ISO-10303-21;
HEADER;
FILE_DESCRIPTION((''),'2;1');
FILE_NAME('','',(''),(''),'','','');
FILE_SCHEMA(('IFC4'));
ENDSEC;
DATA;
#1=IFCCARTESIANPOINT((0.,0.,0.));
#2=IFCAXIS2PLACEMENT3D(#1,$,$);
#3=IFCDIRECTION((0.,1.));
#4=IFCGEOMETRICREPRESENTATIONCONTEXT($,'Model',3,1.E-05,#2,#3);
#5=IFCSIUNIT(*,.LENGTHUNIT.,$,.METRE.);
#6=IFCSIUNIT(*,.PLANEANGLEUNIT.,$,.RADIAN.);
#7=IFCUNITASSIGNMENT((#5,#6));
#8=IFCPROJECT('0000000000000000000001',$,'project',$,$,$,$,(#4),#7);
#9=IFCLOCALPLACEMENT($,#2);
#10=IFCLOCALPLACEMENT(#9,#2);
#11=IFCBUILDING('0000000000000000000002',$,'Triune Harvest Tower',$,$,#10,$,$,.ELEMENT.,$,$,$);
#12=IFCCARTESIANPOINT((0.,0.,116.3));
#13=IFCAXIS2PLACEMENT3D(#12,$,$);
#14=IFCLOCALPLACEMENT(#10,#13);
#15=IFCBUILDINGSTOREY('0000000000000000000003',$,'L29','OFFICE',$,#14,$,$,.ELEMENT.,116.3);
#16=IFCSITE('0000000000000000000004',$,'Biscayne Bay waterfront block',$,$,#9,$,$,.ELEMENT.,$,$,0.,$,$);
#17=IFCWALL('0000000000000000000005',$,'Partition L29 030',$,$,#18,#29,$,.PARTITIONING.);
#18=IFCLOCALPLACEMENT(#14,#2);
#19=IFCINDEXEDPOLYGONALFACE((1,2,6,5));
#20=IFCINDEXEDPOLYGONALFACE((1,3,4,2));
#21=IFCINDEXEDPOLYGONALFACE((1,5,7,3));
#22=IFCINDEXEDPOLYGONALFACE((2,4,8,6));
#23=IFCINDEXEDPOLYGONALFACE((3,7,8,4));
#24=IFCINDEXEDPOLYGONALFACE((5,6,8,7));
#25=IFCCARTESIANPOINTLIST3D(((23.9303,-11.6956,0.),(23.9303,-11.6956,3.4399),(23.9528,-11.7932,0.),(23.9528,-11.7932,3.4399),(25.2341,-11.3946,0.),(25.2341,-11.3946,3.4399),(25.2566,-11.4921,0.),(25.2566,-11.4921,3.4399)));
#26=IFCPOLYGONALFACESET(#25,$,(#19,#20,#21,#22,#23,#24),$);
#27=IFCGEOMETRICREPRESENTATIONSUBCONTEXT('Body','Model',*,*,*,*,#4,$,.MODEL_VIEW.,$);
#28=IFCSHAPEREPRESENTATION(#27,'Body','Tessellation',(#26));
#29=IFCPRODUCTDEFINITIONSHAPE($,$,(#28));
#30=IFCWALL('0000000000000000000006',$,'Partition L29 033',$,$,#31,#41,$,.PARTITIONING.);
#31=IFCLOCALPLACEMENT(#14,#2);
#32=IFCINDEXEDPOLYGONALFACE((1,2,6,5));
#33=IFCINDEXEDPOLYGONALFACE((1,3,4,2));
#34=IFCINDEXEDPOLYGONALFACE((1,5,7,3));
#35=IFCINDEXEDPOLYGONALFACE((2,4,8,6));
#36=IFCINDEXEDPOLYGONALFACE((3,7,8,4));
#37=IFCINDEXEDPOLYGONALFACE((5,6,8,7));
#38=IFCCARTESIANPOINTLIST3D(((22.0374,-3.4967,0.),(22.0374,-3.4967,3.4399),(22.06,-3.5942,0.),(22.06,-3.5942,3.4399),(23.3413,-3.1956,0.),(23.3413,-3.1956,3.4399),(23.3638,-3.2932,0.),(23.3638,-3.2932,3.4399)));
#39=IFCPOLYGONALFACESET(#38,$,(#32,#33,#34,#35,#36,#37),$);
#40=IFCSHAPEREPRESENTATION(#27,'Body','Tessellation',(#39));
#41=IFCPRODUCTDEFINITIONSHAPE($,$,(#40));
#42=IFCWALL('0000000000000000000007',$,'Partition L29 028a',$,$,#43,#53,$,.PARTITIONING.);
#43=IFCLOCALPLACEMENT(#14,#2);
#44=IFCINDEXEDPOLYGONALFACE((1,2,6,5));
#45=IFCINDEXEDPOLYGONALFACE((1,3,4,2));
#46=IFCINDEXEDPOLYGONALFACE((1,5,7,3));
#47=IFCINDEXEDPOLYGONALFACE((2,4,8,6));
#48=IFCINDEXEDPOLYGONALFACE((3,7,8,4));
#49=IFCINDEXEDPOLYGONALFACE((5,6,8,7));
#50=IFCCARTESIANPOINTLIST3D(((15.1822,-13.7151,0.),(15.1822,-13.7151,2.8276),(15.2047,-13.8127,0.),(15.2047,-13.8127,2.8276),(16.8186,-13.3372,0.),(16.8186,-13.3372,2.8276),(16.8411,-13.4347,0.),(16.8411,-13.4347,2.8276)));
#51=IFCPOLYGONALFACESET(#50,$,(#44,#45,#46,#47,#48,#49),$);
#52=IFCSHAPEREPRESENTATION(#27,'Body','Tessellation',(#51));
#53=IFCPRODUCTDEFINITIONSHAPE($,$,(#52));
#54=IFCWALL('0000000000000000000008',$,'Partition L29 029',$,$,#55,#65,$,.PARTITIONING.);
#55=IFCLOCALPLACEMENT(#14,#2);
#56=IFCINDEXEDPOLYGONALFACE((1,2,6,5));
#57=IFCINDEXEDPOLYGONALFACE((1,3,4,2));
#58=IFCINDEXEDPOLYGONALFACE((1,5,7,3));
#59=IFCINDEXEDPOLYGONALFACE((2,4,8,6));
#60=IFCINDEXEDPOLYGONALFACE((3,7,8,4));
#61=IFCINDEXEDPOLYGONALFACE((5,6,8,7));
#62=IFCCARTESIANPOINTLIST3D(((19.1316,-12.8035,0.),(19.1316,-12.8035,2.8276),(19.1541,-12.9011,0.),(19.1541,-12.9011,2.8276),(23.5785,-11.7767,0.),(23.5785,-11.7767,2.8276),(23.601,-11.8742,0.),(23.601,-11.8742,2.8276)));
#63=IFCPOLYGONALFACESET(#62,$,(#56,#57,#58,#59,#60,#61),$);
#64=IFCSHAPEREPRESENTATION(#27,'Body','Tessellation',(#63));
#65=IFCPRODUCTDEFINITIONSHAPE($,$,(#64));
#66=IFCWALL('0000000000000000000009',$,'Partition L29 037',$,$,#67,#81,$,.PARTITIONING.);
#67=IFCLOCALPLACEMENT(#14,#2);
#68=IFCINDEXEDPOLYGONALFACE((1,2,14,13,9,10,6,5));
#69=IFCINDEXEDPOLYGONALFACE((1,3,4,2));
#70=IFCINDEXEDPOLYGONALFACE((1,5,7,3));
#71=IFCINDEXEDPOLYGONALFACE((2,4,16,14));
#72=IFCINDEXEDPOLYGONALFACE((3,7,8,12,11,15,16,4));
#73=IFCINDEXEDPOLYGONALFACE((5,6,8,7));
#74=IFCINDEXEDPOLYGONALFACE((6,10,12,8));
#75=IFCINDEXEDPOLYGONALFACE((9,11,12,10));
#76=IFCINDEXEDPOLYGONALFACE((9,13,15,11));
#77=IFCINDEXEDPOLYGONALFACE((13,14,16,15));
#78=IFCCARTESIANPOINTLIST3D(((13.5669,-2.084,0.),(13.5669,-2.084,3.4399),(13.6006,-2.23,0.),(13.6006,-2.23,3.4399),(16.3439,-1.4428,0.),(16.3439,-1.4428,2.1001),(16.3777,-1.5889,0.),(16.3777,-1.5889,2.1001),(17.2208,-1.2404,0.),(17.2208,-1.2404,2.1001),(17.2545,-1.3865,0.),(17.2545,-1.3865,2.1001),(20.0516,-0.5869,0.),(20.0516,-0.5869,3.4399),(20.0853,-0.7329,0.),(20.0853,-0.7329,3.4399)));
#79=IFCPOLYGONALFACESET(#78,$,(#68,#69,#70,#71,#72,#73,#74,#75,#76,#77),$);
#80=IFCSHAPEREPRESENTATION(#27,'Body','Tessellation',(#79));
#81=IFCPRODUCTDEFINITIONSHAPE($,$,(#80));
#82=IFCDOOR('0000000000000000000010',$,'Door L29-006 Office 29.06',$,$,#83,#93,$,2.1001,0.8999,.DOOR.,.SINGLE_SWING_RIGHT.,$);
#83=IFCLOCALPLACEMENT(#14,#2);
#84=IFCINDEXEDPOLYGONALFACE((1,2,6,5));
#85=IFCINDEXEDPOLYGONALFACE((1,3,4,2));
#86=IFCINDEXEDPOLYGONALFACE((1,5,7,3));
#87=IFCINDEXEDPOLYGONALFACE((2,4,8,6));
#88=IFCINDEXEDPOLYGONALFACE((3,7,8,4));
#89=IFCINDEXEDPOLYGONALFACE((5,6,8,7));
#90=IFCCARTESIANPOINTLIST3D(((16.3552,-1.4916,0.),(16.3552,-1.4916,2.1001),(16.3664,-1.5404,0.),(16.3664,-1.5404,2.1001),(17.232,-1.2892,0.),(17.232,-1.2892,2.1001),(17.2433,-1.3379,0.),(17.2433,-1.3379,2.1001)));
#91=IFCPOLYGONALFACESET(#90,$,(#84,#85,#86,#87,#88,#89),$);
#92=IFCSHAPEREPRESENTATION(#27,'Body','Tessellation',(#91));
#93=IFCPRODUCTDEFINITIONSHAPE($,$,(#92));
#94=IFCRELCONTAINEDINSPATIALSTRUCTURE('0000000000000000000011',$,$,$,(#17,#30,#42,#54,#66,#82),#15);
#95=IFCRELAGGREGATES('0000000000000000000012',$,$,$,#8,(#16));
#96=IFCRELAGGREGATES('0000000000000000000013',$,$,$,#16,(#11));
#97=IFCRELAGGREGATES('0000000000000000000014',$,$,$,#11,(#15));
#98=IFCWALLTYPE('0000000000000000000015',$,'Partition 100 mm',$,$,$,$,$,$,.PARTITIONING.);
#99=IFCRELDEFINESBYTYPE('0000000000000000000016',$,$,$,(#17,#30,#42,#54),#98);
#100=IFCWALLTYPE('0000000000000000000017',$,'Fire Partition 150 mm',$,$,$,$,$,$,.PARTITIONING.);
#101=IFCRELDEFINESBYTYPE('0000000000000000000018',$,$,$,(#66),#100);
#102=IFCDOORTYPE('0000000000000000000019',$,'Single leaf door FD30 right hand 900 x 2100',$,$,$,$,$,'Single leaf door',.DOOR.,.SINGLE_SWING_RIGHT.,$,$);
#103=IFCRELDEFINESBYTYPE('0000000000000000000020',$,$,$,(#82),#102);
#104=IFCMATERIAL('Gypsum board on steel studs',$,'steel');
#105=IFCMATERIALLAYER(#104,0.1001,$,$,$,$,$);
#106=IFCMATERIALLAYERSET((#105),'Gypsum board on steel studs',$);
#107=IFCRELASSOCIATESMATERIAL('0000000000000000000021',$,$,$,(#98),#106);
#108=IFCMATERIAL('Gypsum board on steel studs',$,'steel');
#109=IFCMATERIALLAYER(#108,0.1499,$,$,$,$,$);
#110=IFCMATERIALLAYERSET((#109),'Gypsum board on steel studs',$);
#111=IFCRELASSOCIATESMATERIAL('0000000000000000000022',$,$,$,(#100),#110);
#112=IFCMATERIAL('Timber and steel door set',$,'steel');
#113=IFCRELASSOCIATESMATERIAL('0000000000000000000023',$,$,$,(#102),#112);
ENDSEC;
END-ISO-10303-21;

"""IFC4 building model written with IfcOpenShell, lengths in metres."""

from ifc_helpers import new_model, si_unit, direction, frame, frame_2d, origin, place, context, subcontext, project, spatial, rectangle, extrude, source, transform, mapped, material, layer, layer_set, type_object, element, fill, save


model = new_model("IFC4")

# Units and contexts
model_context = context("Model", 3, precision=1e-05, world=origin(), true_north=direction((0.0, 1.0)))
body_context = subcontext(model_context, "Body", "Model", "MODEL_VIEW")
ifc_project = project(units=[si_unit("LENGTHUNIT", "METRE"), si_unit("PLANEANGLEUNIT", "RADIAN")], contexts=[model_context])

# Site, building, storey
site_placement = place(None, origin())
site = spatial("IfcSite", under=ifc_project, at=site_placement, Name="Biscayne Bay waterfront block", CompositionType="ELEMENT", RefElevation=0.0)
building_placement = place(site_placement, origin())
building = spatial("IfcBuilding", under=site, at=building_placement, Name="Triune Harvest Tower", CompositionType="ELEMENT")
storey_placement = place(building_placement, frame((0.0, 0.0, 116.3)))
storey = spatial("IfcBuildingStorey", under=building, at=storey_placement, Name="L29", Description="OFFICE", CompositionType="ELEMENT", Elevation=116.3)

# Walls
ifc_material_1 = material(Name="Gypsum board on steel studs", Category="steel")
ifc_layer_1 = layer(ifc_material_1, 0.1001)
ifc_layer_set_1 = layer_set([ifc_layer_1], Name="Gypsum board on steel studs")
wall_type_1 = type_object("IfcWallType", Name="Partition 100 mm", PredefinedType="PARTITIONING", material=ifc_layer_set_1)
shared_shape_1 = source(origin(), body_context, "Body", "SweptSolid", [
    extrude(rectangle(XDim=1.3381, YDim=0.1001, at=frame_2d((0.6689, 0.0))), origin(), (0.0, 0.0, 1.0), 3.4399),
])
for number, where, z_axis, x_axis, name in (
    (1, (23.9417, -11.7444, 0.0), (0.0, 0.0, 1.0), (0.974364, 0.224979, 0.0), "Partition L29 030"),
    (2, (22.0488, -3.5454, 0.0), (0.0, 0.0, 1.0), (0.974364, 0.224979, 0.0), "Partition L29 033"),
):
    element("IfcWall", number, at=place(storey_placement, frame(where, z_axis=z_axis, x_axis=x_axis)), inside=storey, type_object=wall_type_1, Name=name, PredefinedType="PARTITIONING", context=body_context, shape_type="MappedRepresentation", body=[
        mapped(shared_shape_1, transform((0.0, 0.0, 0.0), scale=1.0)),
    ])
shared_shape_2 = source(origin(), body_context, "Body", "SweptSolid", [
    extrude(rectangle(XDim=1.6794, YDim=0.1001, at=frame_2d((0.8398, 0.0))), origin(), (0.0, 0.0, 1.0), 2.8276),
])
wall_1_placement = place(storey_placement, frame((15.1934, -13.7639, 0.0), z_axis=(0.0, 0.0, 1.0), x_axis=(0.974354, 0.225019, 0.0)))
element("IfcWall", 3, at=wall_1_placement, inside=storey, type_object=wall_type_1, Name="Partition L29 028a", PredefinedType="PARTITIONING", context=body_context, shape_type="MappedRepresentation", body=[
    mapped(shared_shape_2, transform((0.0, 0.0, 0.0), scale=1.0)),
])
shared_shape_3 = source(origin(), body_context, "Body", "SweptSolid", [
    extrude(rectangle(XDim=4.564, YDim=0.1001, at=frame_2d((2.282, 0.0))), origin(), (0.0, 0.0, 1.0), 2.8276),
])
wall_2_placement = place(storey_placement, frame((19.1428, -12.8523, 0.0), z_axis=(0.0, 0.0, 1.0), x_axis=(0.974361, 0.224988, 0.0)))
element("IfcWall", 4, at=wall_2_placement, inside=storey, type_object=wall_type_1, Name="Partition L29 029", PredefinedType="PARTITIONING", context=body_context, shape_type="MappedRepresentation", body=[
    mapped(shared_shape_3, transform((0.0, 0.0, 0.0), scale=1.0)),
])

# Wall, opening, door
ifc_material_2 = material(Name="Gypsum board on steel studs", Category="steel")
ifc_layer_2 = layer(ifc_material_2, 0.1499)
ifc_layer_set_2 = layer_set([ifc_layer_2], Name="Gypsum board on steel studs")
wall_type_2 = type_object("IfcWallType", Name="Fire Partition 150 mm", PredefinedType="PARTITIONING", material=ifc_layer_set_2)
shared_shape_4 = source(origin(), body_context, "Body", "SweptSolid", [
    extrude(rectangle(XDim=6.6553, YDim=0.1499, at=frame_2d((3.3276, 0.0))), origin(), (0.0, 0.0, 1.0), 3.4399),
])
wall_3_placement = place(storey_placement, frame((13.5837, -2.157, 0.0), z_axis=(0.0, 0.0, 1.0), x_axis=(0.974371, 0.224948, 0.0)))
wall_3 = element("IfcWall", 5, at=wall_3_placement, inside=storey, type_object=wall_type_2, Name="Partition L29 037", PredefinedType="PARTITIONING", context=body_context, shape_type="MappedRepresentation", body=[
    mapped(shared_shape_4, transform((0.0, 0.0, 0.0), scale=1.0)),
])
opening_placement = place(wall_3_placement, frame((2.8501, 0.0, 0.0)))
opening = element("IfcOpeningElement", 6, at=opening_placement, cuts=wall_3, PredefinedType="OPENING", context=body_context, shape_type="SweptSolid", body=[
    extrude(rectangle(XDim=0.8999, YDim=2.1001, at=frame_2d((0.45, 1.05))), frame((0.0, 0.085, 0.0), z_axis=(0.0, -1.0, 0.0), x_axis=(1.0, 0.0, 0.0)), (0.0, 0.0, 1.0), 0.1699),
])
ifc_material_3 = material(Name="Timber and steel door set", Category="steel")
door_type = type_object("IfcDoorType", Name="Single leaf door FD30 right hand 900 x 2100", ElementType="Single leaf door", OperationType="SINGLE_SWING_RIGHT", PredefinedType="DOOR", material=ifc_material_3)
door_placement = place(opening_placement, origin())
door = element("IfcDoor", 7, at=door_placement, inside=storey, type_object=door_type, Name="Door L29-006 Office 29.06", OperationType="SINGLE_SWING_RIGHT", OverallHeight=2.1001, OverallWidth=0.8999, PredefinedType="DOOR", context=body_context, shape_type="SweptSolid", body=[
    extrude(rectangle(XDim=0.8999, YDim=2.1001, at=frame_2d((0.45, 1.05))), frame((0.0, 0.0249, 0.0), z_axis=(0.0, -1.0, 0.0), x_axis=(1.0, 0.0, 0.0)), (0.0, 0.0, 1.0), 0.05),
])
fill(opening, door)

save(model, "model.ifc")
